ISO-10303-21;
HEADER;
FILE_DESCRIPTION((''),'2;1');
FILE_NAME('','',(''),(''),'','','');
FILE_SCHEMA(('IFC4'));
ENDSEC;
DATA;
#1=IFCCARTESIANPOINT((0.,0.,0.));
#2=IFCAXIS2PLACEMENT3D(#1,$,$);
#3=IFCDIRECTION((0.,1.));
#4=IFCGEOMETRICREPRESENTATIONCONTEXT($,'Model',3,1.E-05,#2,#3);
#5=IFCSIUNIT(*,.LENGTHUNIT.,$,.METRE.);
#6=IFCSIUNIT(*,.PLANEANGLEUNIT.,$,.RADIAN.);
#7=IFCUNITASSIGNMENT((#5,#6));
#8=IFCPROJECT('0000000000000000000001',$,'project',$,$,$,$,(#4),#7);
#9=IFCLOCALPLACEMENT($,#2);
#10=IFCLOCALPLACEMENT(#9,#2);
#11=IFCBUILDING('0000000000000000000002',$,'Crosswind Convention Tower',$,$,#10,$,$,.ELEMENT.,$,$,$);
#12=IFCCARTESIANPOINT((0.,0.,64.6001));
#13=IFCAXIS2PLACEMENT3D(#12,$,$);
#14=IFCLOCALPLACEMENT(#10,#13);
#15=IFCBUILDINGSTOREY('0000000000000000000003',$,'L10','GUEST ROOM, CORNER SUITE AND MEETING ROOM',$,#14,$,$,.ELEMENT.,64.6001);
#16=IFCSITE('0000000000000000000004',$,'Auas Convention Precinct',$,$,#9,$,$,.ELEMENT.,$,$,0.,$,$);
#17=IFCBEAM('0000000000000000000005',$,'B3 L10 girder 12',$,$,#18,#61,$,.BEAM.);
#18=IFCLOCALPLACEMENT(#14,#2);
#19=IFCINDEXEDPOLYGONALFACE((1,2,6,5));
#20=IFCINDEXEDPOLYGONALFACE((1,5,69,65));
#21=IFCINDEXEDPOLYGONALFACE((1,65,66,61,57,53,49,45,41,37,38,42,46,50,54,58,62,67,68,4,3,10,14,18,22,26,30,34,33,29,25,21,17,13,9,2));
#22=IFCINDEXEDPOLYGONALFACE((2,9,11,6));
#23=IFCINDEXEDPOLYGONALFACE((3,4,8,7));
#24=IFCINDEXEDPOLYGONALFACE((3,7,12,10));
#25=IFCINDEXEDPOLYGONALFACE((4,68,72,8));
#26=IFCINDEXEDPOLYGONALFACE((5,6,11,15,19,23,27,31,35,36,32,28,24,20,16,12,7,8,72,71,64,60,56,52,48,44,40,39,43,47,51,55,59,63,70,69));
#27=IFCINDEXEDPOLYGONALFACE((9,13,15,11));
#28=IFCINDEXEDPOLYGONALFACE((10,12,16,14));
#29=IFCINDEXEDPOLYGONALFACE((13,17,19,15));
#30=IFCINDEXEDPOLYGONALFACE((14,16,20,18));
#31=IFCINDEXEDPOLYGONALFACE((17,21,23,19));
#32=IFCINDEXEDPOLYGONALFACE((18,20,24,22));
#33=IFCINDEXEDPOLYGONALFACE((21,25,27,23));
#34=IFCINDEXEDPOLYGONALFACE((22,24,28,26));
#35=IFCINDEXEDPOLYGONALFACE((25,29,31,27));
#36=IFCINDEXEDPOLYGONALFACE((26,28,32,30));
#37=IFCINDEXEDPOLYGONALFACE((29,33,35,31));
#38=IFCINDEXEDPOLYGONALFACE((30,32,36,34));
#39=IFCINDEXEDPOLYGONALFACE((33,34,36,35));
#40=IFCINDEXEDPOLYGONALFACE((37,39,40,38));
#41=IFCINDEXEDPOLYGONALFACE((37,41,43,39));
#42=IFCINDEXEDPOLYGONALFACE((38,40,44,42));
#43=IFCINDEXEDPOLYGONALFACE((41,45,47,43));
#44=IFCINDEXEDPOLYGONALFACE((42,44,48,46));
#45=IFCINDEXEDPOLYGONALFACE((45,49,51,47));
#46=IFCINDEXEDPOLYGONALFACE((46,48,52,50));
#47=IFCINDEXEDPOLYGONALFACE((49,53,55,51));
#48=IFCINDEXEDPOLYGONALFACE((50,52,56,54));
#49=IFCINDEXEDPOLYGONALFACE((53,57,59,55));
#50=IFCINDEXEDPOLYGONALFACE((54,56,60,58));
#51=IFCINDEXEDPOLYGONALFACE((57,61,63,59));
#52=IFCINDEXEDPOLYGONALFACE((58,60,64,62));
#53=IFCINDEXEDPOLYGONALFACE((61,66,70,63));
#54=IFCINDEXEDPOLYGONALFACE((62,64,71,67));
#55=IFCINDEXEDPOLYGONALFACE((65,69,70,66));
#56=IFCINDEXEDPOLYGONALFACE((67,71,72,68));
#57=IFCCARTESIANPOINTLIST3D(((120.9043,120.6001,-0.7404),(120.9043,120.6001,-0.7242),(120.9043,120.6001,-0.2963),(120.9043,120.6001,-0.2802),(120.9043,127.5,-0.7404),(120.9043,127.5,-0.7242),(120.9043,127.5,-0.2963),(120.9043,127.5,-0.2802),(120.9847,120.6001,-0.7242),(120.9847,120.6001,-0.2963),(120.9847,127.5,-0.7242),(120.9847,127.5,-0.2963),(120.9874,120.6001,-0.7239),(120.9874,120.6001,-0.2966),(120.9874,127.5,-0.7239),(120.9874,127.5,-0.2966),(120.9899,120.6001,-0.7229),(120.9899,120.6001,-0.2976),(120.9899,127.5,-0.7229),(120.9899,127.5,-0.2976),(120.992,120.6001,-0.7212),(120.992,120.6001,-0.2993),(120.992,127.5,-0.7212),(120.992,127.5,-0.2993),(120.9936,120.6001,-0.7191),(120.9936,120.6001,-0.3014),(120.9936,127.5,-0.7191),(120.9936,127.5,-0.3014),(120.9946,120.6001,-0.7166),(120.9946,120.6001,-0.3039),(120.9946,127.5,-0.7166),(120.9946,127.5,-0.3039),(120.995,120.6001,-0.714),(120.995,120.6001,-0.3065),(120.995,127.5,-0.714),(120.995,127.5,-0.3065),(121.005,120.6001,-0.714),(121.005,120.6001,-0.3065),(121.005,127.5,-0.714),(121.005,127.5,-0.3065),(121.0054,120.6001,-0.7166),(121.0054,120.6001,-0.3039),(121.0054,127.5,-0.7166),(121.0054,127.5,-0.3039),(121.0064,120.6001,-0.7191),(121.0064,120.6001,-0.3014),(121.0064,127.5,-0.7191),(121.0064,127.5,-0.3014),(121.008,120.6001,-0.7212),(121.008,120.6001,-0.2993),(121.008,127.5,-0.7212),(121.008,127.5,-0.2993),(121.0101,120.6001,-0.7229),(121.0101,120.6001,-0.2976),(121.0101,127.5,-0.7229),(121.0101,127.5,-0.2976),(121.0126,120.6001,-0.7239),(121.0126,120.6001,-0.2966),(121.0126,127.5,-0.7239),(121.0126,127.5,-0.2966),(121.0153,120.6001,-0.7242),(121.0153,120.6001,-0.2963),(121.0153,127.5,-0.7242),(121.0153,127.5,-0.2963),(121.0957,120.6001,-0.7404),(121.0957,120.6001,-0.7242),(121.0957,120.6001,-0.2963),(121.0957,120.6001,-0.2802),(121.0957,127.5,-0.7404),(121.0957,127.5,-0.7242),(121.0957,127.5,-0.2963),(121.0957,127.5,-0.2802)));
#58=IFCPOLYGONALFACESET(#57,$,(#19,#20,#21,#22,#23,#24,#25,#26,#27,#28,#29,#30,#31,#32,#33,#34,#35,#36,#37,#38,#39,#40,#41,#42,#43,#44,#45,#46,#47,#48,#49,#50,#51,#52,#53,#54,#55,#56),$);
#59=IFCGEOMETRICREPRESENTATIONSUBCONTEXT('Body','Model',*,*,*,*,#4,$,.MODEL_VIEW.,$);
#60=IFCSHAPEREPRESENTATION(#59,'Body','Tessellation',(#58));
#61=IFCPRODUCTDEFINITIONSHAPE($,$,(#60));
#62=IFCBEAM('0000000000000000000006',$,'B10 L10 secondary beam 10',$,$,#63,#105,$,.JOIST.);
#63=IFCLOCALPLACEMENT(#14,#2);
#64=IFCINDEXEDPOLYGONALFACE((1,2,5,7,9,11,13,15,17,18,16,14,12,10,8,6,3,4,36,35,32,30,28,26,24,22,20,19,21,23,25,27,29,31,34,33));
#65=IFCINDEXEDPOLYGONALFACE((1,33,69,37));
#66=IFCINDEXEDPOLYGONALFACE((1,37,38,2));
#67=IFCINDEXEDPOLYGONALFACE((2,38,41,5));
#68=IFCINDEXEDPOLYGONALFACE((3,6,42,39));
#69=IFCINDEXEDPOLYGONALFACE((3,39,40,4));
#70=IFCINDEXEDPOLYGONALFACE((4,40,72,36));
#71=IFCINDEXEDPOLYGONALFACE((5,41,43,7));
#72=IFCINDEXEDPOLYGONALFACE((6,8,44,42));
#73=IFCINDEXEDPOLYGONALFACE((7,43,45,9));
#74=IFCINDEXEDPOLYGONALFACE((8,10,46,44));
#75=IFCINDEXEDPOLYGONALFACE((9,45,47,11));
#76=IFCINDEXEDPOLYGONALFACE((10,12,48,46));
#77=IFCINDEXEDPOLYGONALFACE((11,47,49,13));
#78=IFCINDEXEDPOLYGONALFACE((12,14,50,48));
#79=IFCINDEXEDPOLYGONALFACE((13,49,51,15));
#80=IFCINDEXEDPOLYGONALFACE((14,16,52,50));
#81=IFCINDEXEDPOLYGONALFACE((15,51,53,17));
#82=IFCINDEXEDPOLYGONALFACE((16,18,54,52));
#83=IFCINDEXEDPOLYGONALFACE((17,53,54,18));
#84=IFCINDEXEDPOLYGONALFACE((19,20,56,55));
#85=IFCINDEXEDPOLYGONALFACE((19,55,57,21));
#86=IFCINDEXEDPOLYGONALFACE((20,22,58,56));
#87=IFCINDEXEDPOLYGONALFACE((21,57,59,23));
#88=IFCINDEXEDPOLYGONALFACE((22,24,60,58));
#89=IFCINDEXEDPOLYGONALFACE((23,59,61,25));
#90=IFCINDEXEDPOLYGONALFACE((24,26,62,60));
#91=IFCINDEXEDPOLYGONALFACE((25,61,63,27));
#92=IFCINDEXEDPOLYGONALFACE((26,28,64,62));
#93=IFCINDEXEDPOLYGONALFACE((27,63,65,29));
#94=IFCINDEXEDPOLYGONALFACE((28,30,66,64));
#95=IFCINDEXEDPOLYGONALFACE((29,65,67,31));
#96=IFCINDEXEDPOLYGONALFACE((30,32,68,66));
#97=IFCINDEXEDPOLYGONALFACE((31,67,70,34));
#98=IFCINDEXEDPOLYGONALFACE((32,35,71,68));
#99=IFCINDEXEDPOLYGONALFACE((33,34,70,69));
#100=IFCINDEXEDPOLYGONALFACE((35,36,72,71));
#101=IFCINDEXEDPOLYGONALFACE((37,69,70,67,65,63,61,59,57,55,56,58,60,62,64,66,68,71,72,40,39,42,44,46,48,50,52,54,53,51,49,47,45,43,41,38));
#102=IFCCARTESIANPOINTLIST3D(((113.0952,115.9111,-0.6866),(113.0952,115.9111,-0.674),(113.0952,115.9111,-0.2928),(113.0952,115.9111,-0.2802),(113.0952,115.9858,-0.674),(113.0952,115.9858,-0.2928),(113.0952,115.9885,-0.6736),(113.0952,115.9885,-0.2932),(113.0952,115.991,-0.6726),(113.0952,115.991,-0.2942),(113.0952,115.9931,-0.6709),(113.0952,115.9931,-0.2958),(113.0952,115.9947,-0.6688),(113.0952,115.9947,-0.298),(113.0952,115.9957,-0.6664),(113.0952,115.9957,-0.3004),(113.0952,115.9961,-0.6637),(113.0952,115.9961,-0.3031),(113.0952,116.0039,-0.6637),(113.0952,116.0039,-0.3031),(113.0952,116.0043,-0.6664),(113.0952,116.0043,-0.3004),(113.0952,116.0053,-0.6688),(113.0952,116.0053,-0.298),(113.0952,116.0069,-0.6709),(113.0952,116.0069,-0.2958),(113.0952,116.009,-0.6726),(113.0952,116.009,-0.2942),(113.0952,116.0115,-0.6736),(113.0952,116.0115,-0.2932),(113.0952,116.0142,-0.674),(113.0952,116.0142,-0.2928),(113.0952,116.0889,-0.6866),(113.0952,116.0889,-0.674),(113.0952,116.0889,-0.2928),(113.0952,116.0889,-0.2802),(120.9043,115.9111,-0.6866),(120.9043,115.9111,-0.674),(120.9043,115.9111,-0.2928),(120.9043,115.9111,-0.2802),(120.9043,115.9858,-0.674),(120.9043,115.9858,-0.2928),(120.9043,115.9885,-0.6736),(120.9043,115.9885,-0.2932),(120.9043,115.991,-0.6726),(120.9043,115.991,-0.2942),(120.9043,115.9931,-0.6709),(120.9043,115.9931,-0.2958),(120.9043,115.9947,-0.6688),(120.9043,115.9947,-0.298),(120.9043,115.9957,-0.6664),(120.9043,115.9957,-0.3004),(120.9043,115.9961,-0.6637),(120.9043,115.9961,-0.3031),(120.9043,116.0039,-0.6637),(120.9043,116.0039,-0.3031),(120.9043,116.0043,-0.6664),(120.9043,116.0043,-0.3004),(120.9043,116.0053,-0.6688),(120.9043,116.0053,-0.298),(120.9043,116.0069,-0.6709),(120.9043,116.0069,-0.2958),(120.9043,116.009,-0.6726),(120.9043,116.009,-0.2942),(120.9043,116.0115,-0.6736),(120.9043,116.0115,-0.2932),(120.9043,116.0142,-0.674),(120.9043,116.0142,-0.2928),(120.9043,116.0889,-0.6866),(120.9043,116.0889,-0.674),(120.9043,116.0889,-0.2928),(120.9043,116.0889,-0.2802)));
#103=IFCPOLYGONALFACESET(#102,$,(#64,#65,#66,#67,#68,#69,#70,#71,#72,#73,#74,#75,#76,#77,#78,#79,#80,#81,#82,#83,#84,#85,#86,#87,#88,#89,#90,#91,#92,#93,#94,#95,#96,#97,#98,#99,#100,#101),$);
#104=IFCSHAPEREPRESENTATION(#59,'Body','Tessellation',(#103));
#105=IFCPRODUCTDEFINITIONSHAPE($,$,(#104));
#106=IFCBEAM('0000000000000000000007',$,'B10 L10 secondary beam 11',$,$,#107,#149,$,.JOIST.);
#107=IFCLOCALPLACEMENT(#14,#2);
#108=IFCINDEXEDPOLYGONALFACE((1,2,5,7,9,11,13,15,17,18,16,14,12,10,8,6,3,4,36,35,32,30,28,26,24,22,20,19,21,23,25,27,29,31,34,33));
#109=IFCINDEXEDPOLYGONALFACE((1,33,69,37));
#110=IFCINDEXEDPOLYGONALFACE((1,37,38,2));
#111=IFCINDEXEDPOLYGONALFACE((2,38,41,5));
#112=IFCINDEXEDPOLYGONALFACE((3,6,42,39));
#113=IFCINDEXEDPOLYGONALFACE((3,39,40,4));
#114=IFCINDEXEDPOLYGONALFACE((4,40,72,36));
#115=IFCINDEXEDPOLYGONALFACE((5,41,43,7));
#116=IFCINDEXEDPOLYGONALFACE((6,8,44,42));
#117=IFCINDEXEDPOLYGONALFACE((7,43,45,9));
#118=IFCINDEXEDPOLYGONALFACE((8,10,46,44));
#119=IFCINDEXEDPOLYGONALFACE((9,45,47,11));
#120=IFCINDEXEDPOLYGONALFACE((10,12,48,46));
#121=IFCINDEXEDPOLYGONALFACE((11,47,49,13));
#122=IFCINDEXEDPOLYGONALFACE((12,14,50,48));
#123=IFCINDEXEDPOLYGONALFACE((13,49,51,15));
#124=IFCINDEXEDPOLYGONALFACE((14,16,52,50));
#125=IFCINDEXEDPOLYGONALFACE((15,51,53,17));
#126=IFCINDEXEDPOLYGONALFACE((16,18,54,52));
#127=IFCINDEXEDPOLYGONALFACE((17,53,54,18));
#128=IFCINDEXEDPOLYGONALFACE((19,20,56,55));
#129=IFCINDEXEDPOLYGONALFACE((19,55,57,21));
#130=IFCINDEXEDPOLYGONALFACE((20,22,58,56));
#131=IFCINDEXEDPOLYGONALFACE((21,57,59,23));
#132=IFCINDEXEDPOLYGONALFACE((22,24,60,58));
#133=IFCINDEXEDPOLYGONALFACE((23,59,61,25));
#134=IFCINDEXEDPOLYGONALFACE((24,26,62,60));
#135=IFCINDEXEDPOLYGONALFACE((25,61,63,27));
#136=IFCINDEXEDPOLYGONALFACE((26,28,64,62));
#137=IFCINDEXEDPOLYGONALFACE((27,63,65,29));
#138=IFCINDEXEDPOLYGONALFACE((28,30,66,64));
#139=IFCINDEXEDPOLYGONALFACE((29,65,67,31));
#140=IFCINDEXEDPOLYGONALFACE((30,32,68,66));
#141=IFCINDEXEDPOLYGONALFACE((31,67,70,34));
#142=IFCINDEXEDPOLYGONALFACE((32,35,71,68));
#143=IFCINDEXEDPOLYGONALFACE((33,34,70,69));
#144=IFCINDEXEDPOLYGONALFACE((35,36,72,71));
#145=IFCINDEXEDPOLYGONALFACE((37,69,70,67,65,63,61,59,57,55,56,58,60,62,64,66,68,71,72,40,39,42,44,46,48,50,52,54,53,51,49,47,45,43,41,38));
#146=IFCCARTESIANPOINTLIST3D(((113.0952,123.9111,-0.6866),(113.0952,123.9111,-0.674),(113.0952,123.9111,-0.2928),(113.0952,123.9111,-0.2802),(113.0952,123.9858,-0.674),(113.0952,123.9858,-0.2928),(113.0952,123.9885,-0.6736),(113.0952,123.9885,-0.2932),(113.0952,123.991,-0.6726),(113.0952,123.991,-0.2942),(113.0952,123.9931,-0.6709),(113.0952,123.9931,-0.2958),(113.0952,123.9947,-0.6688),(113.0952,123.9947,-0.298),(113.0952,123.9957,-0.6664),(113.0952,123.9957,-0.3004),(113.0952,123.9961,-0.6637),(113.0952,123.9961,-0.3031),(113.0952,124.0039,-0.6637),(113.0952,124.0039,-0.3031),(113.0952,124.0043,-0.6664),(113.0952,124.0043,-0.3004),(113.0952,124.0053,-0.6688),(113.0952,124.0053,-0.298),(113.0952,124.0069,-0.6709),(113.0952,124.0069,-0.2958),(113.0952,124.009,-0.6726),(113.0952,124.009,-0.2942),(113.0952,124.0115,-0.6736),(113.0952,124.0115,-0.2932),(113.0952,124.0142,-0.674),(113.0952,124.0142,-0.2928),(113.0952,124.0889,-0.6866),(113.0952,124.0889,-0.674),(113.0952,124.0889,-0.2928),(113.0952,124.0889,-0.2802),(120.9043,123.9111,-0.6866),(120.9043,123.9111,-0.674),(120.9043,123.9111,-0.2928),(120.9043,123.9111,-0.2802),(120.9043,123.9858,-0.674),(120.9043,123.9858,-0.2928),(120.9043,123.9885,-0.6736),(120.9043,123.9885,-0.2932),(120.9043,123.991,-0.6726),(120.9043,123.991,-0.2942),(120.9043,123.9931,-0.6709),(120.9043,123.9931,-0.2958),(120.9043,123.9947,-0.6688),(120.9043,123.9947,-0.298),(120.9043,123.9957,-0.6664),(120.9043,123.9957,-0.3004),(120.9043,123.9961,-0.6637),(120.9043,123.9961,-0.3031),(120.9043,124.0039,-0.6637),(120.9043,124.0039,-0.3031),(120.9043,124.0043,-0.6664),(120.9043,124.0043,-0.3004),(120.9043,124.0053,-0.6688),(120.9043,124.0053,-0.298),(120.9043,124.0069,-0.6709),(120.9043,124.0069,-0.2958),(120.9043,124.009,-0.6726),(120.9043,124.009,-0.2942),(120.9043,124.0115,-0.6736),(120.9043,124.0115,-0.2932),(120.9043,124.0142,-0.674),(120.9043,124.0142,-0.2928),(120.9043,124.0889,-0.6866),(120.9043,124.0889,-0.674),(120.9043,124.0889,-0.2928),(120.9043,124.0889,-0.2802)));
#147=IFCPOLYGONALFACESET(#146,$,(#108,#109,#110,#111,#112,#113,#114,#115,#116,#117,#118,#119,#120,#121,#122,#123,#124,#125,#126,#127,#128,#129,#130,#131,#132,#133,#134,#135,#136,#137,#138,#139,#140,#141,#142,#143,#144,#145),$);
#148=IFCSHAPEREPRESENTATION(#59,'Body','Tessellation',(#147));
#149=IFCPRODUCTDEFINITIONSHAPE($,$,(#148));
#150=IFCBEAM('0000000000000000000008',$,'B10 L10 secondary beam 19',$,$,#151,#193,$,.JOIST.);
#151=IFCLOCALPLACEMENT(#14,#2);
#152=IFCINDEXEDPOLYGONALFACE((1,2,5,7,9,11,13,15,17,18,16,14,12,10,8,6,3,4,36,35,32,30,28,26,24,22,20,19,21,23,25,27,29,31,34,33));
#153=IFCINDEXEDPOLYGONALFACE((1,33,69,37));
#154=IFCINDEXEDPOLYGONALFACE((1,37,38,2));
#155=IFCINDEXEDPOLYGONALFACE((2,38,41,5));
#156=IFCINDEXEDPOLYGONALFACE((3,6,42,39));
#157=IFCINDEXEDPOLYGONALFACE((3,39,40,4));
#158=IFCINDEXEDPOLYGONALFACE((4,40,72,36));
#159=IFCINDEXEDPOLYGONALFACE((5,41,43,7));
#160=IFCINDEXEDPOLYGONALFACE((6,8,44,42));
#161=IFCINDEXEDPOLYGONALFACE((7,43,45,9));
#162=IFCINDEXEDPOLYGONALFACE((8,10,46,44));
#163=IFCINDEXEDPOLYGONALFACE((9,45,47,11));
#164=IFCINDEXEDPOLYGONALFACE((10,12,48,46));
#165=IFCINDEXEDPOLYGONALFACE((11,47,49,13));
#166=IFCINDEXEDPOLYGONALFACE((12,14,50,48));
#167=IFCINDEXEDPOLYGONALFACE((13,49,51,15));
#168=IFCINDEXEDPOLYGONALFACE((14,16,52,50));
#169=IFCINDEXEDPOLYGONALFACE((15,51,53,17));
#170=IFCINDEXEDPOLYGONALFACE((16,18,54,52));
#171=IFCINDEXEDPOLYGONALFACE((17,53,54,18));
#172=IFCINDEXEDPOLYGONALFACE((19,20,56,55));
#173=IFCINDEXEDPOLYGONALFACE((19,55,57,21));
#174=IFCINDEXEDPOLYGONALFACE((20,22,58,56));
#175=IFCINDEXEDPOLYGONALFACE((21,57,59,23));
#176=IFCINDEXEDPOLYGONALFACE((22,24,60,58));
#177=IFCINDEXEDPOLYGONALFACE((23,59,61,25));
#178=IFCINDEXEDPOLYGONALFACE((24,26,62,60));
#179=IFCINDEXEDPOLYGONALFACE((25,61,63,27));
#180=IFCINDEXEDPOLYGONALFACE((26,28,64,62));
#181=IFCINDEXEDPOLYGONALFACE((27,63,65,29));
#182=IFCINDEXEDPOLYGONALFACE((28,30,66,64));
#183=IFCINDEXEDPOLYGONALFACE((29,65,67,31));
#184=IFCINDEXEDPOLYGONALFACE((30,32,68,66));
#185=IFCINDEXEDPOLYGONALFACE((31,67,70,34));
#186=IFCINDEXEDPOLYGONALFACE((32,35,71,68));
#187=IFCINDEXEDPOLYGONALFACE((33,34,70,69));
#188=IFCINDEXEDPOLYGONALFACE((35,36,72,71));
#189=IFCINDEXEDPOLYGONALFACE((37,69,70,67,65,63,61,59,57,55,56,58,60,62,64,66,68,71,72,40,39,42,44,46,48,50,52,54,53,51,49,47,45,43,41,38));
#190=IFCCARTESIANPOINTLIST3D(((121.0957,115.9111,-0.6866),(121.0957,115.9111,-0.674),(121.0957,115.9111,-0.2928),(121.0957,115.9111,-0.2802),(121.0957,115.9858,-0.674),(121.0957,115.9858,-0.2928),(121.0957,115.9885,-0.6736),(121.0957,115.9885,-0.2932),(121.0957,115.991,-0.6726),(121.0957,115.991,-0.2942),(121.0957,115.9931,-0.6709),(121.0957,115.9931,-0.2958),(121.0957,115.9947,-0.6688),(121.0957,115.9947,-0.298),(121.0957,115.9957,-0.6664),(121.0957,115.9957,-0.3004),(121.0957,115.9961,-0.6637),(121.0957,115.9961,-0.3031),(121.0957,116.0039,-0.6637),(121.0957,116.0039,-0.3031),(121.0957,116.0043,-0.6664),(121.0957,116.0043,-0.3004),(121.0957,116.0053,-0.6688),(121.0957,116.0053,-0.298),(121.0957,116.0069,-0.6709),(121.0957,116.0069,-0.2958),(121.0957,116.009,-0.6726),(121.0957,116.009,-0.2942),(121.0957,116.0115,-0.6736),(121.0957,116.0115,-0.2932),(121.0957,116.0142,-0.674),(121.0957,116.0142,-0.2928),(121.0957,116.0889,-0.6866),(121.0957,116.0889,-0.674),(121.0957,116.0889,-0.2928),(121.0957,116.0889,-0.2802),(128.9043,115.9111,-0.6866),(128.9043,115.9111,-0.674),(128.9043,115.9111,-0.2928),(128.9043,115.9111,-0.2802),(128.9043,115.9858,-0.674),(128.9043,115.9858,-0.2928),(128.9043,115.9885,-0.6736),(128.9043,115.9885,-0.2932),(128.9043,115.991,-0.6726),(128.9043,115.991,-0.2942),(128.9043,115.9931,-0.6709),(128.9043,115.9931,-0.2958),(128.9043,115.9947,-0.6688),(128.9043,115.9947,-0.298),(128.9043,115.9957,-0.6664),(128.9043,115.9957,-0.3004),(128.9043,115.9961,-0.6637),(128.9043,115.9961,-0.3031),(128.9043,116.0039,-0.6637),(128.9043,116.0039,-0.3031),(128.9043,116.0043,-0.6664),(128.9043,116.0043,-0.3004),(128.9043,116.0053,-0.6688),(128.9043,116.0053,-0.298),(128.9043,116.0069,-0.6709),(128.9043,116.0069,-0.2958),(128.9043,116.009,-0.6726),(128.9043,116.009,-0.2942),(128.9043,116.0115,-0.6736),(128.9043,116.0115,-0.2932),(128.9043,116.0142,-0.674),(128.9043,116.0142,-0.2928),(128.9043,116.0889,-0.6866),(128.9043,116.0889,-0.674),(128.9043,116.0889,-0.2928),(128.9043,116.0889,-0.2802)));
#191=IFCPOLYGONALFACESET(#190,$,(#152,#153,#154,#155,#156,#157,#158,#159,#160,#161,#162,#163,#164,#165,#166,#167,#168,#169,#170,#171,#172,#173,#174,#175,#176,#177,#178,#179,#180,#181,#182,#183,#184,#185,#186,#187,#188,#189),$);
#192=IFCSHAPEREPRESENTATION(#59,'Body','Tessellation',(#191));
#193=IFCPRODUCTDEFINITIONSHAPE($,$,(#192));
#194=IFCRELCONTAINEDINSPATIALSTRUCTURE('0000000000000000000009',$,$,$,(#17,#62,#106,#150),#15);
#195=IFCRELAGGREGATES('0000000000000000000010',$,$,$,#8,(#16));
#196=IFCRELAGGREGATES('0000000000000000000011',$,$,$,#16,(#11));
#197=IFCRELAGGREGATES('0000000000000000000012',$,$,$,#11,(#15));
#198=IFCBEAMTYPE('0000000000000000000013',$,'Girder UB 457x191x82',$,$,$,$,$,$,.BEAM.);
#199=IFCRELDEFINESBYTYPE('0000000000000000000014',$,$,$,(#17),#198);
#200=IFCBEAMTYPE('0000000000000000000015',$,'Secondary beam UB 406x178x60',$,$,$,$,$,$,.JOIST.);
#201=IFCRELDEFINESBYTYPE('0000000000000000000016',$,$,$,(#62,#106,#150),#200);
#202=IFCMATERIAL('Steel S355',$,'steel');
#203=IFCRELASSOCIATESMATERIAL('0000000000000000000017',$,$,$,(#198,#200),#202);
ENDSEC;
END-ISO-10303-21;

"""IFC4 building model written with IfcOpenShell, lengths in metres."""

from ifc_helpers import new_model, si_unit, direction, frame, origin, origin_2d, place, context, subcontext, project, spatial, i_section, extrude, material, material_profile, profile_set, type_object, element, save


model = new_model("IFC4")

# Units and contexts
model_context = context("Model", 3, precision=1e-05, world=origin(), true_north=direction((0.0, 1.0)))
body_context = subcontext(model_context, "Body", "Model", "MODEL_VIEW")
ifc_project = project(units=[si_unit("LENGTHUNIT", "METRE"), si_unit("PLANEANGLEUNIT", "RADIAN")], contexts=[model_context])

# Site, building, storey
site_placement = place(None, origin())
site = spatial("IfcSite", under=ifc_project, at=site_placement, Name="Auas Convention Precinct", CompositionType="ELEMENT", RefElevation=0.0)
building_placement = place(site_placement, origin())
building = spatial("IfcBuilding", under=site, at=building_placement, Name="Crosswind Convention Tower", CompositionType="ELEMENT")
storey_placement = place(building_placement, frame((0.0, 0.0, 64.6001)))
storey = spatial("IfcBuildingStorey", under=building, at=storey_placement, Name="L10", Description="GUEST ROOM, CORNER SUITE AND MEETING ROOM", CompositionType="ELEMENT", Elevation=64.6001)

# Beams
ifc_material_1 = material(Name="Steel S355", Category="steel")
ifc_material_profile_1 = material_profile(ifc_material_1, i_section(OverallWidth=0.1914, OverallDepth=0.4602, WebThickness=0.01, FlangeThickness=0.0161, FilletRadius=0.0103, at=origin_2d()), Name="UB 457x191x82")
ifc_profile_set_1 = profile_set([ifc_material_profile_1], Name="Steel S355")
beam_type_1 = type_object("IfcBeamType", Name="Girder UB 457x191x82", PredefinedType="BEAM", material=ifc_profile_set_1)
beam_1_placement = place(storey_placement, frame((121.0, 120.6001, -0.5103), z_axis=(0.0, 1.0, 0.0), x_axis=(-1.0, 0.0, 0.0)))
element("IfcBeam", 1, at=beam_1_placement, inside=storey, type_object=beam_type_1, Name="B3 L10 girder 12", PredefinedType="BEAM", context=body_context, shape_type="SweptSolid", body=[
    extrude(i_section(OverallWidth=0.1914, OverallDepth=0.4602, WebThickness=0.01, FlangeThickness=0.0161, FilletRadius=0.0103, at=origin_2d()), origin(), (0.0, 0.0, 1.0), 6.8999),
])
ifc_material_profile_2 = material_profile(ifc_material_1, i_section(OverallWidth=0.1777, OverallDepth=0.4065, WebThickness=0.0078, FlangeThickness=0.0127, FilletRadius=0.0103, at=origin_2d()), Name="UB 406x178x60")
ifc_profile_set_2 = profile_set([ifc_material_profile_2], Name="Steel S355")
beam_type_2 = type_object("IfcBeamType", Name="Secondary beam UB 406x178x60", PredefinedType="JOIST", material=ifc_profile_set_2)
for number, where, z_axis, x_axis, name in (
    (2, (113.0952, 116.0, -0.4834), (1.0, 0.0, 0.0), (0.0, 1.0, 0.0), "B10 L10 secondary beam 10"),
    (3, (113.0952, 124.0, -0.4834), (1.0, 0.0, 0.0), (0.0, 1.0, 0.0), "B10 L10 secondary beam 11"),
):
    element("IfcBeam", number, at=place(storey_placement, frame(where, z_axis=z_axis, x_axis=x_axis)), inside=storey, type_object=beam_type_2, Name=name, PredefinedType="JOIST", context=body_context, shape_type="SweptSolid", body=[
        extrude(i_section(OverallWidth=0.1777, OverallDepth=0.4065, WebThickness=0.0078, FlangeThickness=0.0127, FilletRadius=0.0103, at=origin_2d()), origin(), (0.0, 0.0, 1.0), 7.8091),
    ])
for number, where, z_axis, x_axis, name in (
    (4, (121.0957, 116.0, -0.4834), (1.0, 0.0, 0.0), (0.0, 1.0, 0.0), "B10 L10 secondary beam 19"),
):
    element("IfcBeam", number, at=place(storey_placement, frame(where, z_axis=z_axis, x_axis=x_axis)), inside=storey, type_object=beam_type_2, Name=name, PredefinedType="JOIST", context=body_context, shape_type="SweptSolid", body=[
        extrude(i_section(OverallWidth=0.1777, OverallDepth=0.4065, WebThickness=0.0078, FlangeThickness=0.0127, FilletRadius=0.0103, at=origin_2d()), origin(), (0.0, 0.0, 1.0), 7.8086),
    ])

save(model, "model.ifc")
